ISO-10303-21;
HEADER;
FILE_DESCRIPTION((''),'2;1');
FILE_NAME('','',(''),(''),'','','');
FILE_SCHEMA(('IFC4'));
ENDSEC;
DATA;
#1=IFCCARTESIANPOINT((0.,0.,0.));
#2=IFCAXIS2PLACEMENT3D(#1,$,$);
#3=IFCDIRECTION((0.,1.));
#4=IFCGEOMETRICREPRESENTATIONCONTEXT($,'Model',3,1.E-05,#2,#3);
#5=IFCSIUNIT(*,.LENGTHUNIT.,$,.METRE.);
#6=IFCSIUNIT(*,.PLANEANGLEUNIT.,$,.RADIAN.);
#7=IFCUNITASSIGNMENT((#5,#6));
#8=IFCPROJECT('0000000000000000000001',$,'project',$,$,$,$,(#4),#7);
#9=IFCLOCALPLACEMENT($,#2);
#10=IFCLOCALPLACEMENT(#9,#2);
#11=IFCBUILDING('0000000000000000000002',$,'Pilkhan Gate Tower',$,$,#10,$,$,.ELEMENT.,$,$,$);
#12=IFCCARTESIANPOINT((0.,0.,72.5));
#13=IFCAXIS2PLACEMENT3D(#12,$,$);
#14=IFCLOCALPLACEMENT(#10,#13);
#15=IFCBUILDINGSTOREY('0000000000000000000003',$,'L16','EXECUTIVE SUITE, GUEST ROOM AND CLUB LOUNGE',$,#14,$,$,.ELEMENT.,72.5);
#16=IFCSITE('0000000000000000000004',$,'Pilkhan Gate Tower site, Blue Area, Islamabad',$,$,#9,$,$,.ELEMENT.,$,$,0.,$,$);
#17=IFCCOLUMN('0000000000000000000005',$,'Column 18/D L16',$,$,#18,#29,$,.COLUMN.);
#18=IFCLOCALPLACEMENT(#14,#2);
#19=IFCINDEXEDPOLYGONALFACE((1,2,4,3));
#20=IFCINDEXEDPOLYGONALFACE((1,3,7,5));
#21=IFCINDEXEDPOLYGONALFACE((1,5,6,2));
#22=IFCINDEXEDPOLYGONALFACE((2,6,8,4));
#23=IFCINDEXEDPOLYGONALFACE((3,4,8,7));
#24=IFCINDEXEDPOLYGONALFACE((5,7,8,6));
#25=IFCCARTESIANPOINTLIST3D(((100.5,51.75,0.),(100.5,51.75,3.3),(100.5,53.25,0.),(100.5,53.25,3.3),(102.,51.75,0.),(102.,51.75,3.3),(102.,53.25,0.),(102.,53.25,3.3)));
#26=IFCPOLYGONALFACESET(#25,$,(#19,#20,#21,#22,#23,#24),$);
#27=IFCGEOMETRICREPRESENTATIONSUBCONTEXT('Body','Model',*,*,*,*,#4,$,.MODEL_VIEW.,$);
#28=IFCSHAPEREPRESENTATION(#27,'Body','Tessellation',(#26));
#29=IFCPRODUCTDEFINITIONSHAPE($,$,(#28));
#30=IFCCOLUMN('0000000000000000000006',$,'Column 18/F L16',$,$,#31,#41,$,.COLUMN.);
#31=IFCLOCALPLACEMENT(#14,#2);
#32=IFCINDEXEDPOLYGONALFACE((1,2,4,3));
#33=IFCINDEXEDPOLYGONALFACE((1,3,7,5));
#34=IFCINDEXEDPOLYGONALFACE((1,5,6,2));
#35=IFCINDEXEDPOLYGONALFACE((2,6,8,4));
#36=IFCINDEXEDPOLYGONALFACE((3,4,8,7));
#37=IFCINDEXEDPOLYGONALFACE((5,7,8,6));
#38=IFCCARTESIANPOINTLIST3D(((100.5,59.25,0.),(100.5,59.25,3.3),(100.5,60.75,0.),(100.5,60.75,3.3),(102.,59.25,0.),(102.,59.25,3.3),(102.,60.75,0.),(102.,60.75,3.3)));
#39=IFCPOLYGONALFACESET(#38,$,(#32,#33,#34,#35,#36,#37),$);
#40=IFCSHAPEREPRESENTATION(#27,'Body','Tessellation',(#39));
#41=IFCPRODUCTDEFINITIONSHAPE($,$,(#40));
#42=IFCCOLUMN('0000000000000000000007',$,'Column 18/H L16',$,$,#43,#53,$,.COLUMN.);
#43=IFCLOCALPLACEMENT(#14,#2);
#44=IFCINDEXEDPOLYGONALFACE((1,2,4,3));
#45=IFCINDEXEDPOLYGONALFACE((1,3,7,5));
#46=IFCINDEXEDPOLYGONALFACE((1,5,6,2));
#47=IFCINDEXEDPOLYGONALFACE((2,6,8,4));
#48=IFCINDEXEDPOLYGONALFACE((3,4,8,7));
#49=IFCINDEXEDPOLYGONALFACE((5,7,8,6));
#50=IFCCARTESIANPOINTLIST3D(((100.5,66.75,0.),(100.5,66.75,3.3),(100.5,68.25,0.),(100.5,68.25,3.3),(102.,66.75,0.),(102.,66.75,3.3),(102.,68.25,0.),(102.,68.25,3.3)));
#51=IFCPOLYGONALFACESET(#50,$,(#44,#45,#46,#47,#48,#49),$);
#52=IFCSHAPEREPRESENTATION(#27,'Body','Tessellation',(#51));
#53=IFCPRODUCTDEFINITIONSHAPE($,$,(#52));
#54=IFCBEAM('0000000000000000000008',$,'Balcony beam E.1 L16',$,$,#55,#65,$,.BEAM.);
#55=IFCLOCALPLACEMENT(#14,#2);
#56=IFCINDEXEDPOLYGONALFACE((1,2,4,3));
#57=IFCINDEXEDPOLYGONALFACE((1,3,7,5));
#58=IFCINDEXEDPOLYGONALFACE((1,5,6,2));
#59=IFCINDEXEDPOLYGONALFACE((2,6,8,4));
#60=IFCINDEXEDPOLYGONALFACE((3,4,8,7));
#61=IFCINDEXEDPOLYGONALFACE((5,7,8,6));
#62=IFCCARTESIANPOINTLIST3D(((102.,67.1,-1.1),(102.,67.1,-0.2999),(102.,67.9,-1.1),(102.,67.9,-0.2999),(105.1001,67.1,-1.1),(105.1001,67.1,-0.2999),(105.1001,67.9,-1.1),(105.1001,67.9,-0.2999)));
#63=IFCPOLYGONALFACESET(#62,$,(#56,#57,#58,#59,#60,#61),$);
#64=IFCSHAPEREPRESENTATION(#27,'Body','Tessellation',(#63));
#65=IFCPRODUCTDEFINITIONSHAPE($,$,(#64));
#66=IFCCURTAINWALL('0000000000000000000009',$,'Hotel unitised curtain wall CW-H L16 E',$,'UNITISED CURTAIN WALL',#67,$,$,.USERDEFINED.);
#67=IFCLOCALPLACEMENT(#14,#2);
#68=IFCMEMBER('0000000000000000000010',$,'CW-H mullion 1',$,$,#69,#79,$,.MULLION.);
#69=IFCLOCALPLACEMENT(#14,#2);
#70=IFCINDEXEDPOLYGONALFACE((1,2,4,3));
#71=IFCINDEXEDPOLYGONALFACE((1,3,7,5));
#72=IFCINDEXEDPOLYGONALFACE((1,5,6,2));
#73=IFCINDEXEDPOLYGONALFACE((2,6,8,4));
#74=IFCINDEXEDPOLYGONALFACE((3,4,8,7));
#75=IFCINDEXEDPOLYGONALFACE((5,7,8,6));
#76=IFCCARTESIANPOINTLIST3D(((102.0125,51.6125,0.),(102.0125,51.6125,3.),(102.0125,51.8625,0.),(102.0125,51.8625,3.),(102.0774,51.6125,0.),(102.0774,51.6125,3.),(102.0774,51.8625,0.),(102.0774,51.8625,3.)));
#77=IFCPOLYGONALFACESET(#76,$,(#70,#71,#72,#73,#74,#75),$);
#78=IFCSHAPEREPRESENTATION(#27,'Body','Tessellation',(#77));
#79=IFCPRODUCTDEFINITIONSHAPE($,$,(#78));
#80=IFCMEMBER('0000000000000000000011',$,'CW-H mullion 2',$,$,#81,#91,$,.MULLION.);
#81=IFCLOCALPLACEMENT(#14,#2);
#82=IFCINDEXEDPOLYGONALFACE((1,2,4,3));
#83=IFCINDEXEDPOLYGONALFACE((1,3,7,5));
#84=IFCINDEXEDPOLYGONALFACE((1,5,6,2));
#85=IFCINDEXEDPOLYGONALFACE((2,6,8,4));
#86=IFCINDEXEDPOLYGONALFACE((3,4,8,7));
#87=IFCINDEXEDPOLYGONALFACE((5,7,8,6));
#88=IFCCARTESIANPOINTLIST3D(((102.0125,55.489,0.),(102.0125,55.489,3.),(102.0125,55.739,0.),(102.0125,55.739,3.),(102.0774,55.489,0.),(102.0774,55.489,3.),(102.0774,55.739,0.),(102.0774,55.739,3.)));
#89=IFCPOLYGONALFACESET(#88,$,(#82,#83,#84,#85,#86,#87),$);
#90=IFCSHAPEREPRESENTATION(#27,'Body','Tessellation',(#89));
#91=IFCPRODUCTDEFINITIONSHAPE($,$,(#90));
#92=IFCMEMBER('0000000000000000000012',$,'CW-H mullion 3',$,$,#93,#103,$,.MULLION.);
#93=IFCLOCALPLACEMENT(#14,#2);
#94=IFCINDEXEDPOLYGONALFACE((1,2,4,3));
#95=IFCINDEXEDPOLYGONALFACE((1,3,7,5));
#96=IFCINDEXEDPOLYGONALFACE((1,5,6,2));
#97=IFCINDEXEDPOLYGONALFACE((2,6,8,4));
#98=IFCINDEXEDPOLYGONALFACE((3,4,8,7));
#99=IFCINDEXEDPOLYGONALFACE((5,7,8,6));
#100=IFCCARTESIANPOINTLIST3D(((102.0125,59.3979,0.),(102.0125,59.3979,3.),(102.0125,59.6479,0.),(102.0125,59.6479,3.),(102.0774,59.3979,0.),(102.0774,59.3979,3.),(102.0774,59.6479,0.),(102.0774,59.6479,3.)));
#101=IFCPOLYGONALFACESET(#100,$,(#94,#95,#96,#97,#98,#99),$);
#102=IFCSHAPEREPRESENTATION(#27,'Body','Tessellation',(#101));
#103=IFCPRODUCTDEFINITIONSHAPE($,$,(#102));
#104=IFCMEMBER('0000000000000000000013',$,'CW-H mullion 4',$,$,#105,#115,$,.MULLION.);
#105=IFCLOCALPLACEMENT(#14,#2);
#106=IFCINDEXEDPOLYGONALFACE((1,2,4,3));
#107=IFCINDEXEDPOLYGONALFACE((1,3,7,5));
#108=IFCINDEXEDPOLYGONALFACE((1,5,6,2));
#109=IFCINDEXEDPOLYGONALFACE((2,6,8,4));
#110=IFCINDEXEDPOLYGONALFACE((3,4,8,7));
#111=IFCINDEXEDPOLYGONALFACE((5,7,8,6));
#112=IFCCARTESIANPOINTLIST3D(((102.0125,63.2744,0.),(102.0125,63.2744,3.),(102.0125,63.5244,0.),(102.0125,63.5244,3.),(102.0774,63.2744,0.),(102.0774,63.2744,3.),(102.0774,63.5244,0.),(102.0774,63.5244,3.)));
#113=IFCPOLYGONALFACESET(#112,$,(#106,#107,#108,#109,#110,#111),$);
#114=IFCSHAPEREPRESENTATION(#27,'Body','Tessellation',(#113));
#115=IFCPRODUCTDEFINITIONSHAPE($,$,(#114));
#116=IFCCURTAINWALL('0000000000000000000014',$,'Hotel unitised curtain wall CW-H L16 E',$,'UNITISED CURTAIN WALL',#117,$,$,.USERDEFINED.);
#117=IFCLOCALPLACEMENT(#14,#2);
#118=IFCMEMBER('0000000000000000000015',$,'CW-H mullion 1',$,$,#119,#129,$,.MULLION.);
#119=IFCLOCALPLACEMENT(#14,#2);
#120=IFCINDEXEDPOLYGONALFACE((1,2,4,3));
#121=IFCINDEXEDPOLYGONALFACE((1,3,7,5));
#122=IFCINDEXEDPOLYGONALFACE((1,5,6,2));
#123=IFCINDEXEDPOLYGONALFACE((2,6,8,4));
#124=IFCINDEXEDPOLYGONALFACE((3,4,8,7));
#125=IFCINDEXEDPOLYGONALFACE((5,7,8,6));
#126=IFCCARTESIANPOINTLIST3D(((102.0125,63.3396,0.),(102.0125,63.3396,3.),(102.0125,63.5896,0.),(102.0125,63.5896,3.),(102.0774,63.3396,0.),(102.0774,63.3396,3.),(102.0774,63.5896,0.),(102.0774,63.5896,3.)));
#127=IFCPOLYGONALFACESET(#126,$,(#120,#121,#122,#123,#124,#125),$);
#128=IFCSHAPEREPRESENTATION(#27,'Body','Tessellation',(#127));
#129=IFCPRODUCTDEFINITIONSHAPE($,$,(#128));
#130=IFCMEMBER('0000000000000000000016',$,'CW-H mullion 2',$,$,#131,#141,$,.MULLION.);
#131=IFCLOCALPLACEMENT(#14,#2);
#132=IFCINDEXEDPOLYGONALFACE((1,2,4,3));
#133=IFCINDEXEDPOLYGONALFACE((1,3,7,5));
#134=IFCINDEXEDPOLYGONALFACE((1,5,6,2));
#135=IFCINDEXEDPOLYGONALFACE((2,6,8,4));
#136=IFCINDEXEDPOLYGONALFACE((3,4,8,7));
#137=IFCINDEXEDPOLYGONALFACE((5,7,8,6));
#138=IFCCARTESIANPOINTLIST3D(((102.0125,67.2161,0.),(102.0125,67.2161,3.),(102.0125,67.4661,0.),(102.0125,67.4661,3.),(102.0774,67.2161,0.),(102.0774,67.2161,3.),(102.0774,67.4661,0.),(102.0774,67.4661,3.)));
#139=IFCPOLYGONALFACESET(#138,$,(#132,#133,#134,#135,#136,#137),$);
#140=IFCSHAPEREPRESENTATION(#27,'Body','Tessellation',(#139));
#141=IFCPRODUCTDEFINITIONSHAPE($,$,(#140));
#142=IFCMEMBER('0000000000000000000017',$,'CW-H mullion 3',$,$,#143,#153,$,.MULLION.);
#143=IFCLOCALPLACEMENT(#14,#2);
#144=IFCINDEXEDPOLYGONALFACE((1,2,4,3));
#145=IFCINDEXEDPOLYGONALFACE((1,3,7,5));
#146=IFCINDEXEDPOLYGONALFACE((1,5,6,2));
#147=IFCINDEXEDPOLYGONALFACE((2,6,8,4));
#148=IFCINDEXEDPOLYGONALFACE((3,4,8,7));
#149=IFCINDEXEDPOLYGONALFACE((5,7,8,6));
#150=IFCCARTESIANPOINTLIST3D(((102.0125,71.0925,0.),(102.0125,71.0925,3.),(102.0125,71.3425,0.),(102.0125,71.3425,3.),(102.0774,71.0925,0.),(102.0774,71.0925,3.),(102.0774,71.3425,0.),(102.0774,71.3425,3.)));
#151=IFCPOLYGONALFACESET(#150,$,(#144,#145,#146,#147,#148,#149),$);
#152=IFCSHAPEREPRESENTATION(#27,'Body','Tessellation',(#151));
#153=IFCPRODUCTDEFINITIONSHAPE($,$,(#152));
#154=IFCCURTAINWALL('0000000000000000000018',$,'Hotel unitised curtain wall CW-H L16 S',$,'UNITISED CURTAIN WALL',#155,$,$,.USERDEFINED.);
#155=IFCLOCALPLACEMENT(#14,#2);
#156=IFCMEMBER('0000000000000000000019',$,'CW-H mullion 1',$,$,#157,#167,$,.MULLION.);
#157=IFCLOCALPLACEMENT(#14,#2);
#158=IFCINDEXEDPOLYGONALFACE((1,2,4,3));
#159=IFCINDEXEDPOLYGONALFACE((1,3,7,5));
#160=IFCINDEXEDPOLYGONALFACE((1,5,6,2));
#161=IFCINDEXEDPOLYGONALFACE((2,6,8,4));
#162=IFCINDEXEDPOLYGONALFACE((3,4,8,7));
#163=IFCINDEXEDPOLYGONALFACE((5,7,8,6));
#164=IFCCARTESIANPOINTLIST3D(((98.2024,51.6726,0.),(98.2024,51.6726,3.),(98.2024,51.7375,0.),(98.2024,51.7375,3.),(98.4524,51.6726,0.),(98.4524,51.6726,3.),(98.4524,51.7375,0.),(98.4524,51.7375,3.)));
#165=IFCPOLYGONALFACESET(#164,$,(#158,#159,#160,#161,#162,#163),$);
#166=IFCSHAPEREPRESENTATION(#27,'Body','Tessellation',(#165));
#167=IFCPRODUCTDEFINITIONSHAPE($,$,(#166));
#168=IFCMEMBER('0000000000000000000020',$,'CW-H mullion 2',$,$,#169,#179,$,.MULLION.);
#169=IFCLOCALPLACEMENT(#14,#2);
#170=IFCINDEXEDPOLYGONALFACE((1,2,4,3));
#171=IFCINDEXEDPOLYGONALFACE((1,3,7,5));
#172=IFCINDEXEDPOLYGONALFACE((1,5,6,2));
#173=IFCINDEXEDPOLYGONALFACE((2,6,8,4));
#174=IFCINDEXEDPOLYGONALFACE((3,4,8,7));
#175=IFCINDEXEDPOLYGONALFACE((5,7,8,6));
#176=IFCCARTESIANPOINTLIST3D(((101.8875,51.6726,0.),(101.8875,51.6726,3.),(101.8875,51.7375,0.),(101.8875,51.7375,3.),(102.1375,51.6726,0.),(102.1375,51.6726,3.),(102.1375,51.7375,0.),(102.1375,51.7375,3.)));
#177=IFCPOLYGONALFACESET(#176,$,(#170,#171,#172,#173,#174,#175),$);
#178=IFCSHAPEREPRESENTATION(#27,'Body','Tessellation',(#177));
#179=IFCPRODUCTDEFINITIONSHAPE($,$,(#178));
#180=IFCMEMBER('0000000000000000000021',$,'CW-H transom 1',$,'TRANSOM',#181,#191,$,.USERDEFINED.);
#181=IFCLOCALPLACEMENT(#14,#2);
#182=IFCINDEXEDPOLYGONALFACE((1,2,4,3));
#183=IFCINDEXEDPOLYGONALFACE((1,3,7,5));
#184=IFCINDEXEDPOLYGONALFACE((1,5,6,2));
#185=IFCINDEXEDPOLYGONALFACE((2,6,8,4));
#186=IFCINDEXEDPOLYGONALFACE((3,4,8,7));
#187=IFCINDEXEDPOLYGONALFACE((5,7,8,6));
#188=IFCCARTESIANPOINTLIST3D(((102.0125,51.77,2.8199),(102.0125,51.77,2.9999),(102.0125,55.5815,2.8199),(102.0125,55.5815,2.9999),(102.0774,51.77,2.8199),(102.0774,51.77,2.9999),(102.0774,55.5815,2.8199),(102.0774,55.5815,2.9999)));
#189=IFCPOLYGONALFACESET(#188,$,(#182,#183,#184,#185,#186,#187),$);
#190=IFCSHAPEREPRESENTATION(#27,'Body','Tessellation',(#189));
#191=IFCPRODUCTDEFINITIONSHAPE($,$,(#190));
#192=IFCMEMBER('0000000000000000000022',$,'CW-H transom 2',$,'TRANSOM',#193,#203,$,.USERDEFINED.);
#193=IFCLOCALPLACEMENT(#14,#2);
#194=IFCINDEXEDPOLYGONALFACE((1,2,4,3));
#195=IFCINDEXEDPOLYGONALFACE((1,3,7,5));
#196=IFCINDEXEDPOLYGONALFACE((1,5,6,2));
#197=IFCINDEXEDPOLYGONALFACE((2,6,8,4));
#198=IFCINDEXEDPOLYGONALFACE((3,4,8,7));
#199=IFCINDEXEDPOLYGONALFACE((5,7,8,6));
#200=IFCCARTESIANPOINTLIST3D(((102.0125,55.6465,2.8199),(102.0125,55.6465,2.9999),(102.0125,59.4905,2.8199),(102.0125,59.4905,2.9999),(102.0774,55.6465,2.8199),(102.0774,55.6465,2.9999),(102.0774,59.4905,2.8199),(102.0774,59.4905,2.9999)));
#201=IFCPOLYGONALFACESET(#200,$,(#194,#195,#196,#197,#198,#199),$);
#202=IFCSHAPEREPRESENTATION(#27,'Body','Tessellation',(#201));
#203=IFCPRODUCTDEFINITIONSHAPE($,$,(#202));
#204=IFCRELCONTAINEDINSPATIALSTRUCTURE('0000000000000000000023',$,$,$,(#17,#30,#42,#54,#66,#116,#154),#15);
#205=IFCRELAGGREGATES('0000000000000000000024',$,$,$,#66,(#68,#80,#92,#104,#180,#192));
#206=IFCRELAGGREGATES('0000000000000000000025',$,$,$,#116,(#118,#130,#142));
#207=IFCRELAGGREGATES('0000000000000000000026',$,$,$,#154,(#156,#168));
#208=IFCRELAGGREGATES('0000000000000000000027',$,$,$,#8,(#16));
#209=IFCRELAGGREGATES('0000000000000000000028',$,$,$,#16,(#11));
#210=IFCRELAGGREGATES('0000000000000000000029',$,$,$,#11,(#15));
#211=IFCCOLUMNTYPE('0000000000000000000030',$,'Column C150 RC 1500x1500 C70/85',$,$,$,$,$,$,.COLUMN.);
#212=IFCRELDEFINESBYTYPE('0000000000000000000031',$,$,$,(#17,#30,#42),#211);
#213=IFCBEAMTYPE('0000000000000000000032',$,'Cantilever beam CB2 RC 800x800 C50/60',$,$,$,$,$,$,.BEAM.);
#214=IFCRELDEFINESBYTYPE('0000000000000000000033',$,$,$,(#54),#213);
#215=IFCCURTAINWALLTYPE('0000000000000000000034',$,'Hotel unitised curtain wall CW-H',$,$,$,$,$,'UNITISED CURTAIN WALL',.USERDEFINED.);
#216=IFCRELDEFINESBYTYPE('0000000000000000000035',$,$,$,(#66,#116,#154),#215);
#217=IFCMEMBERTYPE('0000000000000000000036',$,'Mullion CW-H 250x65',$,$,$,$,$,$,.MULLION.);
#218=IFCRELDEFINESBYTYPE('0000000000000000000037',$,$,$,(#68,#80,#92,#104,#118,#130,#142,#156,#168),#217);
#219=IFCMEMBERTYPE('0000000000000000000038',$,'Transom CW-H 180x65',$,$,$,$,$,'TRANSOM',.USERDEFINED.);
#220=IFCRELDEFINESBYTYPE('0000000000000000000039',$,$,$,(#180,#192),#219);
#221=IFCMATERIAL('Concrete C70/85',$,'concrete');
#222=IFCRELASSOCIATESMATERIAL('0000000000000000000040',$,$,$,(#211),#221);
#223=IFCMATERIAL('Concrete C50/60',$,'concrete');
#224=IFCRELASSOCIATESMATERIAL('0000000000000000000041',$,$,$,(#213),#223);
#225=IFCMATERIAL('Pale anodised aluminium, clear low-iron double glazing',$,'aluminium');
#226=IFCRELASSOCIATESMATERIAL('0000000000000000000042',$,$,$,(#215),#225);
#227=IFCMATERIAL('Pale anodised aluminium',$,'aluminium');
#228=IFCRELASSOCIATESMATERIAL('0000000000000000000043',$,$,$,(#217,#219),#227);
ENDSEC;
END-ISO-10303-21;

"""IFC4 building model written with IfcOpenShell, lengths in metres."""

from ifc_helpers import new_model, si_unit, direction, frame, origin, origin_2d, place, context, subcontext, project, spatial, rectangle, extrude, material, material_profile, profile_set, type_object, element, aggregate, save


model = new_model("IFC4")

# Units and contexts
model_context = context("Model", 3, precision=1e-05, world=origin(), true_north=direction((0.0, 1.0)))
body_context = subcontext(model_context, "Body", "Model", "MODEL_VIEW")
ifc_project = project(units=[si_unit("LENGTHUNIT", "METRE"), si_unit("PLANEANGLEUNIT", "RADIAN")], contexts=[model_context])

# Site, building, storey
site_placement = place(None, origin())
site = spatial("IfcSite", under=ifc_project, at=site_placement, Name="Pilkhan Gate Tower site, Blue Area, Islamabad", CompositionType="ELEMENT", RefElevation=0.0)
building_placement = place(site_placement, origin())
building = spatial("IfcBuilding", under=site, at=building_placement, Name="Pilkhan Gate Tower", CompositionType="ELEMENT")
storey_placement = place(building_placement, frame((0.0, 0.0, 72.5)))
storey = spatial("IfcBuildingStorey", under=building, at=storey_placement, Name="L16", Description="EXECUTIVE SUITE, GUEST ROOM AND CLUB LOUNGE", CompositionType="ELEMENT", Elevation=72.5)

# Columns
ifc_material_1 = material(Name="Concrete C70/85", Category="concrete")
ifc_material_profile_1 = material_profile(ifc_material_1, rectangle(XDim=1.5, YDim=1.5, at=origin_2d()), Name="RC 1500x1500")
ifc_profile_set_1 = profile_set([ifc_material_profile_1], Name="Concrete C70/85")
column_type = type_object("IfcColumnType", Name="Column C150 RC 1500x1500 C70/85", PredefinedType="COLUMN", material=ifc_profile_set_1)
for number, where, z_axis, x_axis, name in (
    (1, (101.25, 52.5, 0.0), (0.0, 0.0, 1.0), (1.0, 0.0, 0.0), "Column 18/D L16"),
    (2, (101.25, 60.0, 0.0), (0.0, 0.0, 1.0), (1.0, 0.0, 0.0), "Column 18/F L16"),
    (3, (101.25, 67.5, 0.0), (0.0, 0.0, 1.0), (1.0, 0.0, 0.0), "Column 18/H L16"),
):
    element("IfcColumn", number, at=place(storey_placement, frame(where, z_axis=z_axis, x_axis=x_axis)), inside=storey, type_object=column_type, Name=name, PredefinedType="COLUMN", context=body_context, shape_type="SweptSolid", body=[
        extrude(rectangle(XDim=1.5, YDim=1.5, at=origin_2d()), origin(), (0.0, 0.0, 1.0), 3.3),
    ])

# Beam
ifc_material_2 = material(Name="Concrete C50/60", Category="concrete")
ifc_material_profile_2 = material_profile(ifc_material_2, rectangle(XDim=0.8, YDim=0.8, at=origin_2d()), Name="RC 800x800")
ifc_profile_set_2 = profile_set([ifc_material_profile_2], Name="Concrete C50/60")
beam_type = type_object("IfcBeamType", Name="Cantilever beam CB2 RC 800x800 C50/60", PredefinedType="BEAM", material=ifc_profile_set_2)
beam_placement = place(storey_placement, frame((102.0, 67.5, -0.7), z_axis=(1.0, 0.0, 0.0), x_axis=(0.0, 1.0, 0.0)))
element("IfcBeam", 4, at=beam_placement, inside=storey, type_object=beam_type, Name="Balcony beam E.1 L16", PredefinedType="BEAM", context=body_context, shape_type="SweptSolid", body=[
    extrude(rectangle(XDim=0.8, YDim=0.8, at=origin_2d()), origin(), (0.0, 0.0, 1.0), 3.1001),
])

# Curtain walls, members
ifc_material_3 = material(Name="Pale anodised aluminium, clear low-iron double glazing", Category="aluminium")
curtain_wall_type = type_object("IfcCurtainWallType", Name="Hotel unitised curtain wall CW-H", ElementType="UNITISED CURTAIN WALL", PredefinedType="USERDEFINED", material=ifc_material_3)
curtain_wall_1_placement = place(storey_placement, origin())
curtain_wall_1 = element("IfcCurtainWall", 5, at=curtain_wall_1_placement, inside=storey, type_object=curtain_wall_type, Name="Hotel unitised curtain wall CW-H L16 E", ObjectType="UNITISED CURTAIN WALL", PredefinedType="USERDEFINED")
ifc_material_4 = material(Name="Pale anodised aluminium", Category="aluminium")
ifc_material_profile_3 = material_profile(ifc_material_4, rectangle(XDim=0.0649, YDim=0.25, at=origin_2d()), Name="Mullion 250x65")
ifc_profile_set_3 = profile_set([ifc_material_profile_3], Name="Pale anodised aluminium")
member_type_1 = type_object("IfcMemberType", Name="Mullion CW-H 250x65", PredefinedType="MULLION", material=ifc_profile_set_3)
member_1_placement = place(storey_placement, frame((102.0449, 51.7375, 0.0), z_axis=(0.0, 0.0, 1.0), x_axis=(-1.0, 0.0, 0.0)))
member_1 = element("IfcMember", 6, at=member_1_placement, type_object=member_type_1, Name="CW-H mullion 1", PredefinedType="MULLION", context=body_context, shape_type="SweptSolid", body=[
    extrude(rectangle(XDim=0.0649, YDim=0.25, at=origin_2d()), origin(), (0.0, 0.0, 1.0), 3.0),
])
member_2_placement = place(storey_placement, frame((102.0449, 55.614, 0.0), z_axis=(0.0, 0.0, 1.0), x_axis=(-1.0, 0.0, 0.0)))
member_2 = element("IfcMember", 7, at=member_2_placement, type_object=member_type_1, Name="CW-H mullion 2", PredefinedType="MULLION", context=body_context, shape_type="SweptSolid", body=[
    extrude(rectangle(XDim=0.0649, YDim=0.25, at=origin_2d()), origin(), (0.0, 0.0, 1.0), 3.0),
])
member_3_placement = place(storey_placement, frame((102.0449, 59.5229, 0.0), z_axis=(0.0, 0.0, 1.0), x_axis=(-1.0, 0.0, 0.0)))
member_3 = element("IfcMember", 8, at=member_3_placement, type_object=member_type_1, Name="CW-H mullion 3", PredefinedType="MULLION", context=body_context, shape_type="SweptSolid", body=[
    extrude(rectangle(XDim=0.0649, YDim=0.25, at=origin_2d()), origin(), (0.0, 0.0, 1.0), 3.0),
])
member_4_placement = place(storey_placement, frame((102.0449, 63.3994, 0.0), z_axis=(0.0, 0.0, 1.0), x_axis=(-1.0, 0.0, 0.0)))
member_4 = element("IfcMember", 9, at=member_4_placement, type_object=member_type_1, Name="CW-H mullion 4", PredefinedType="MULLION", context=body_context, shape_type="SweptSolid", body=[
    extrude(rectangle(XDim=0.0649, YDim=0.25, at=origin_2d()), origin(), (0.0, 0.0, 1.0), 3.0),
])
curtain_wall_2_placement = place(storey_placement, origin())
curtain_wall_2 = element("IfcCurtainWall", 10, at=curtain_wall_2_placement, inside=storey, type_object=curtain_wall_type, Name="Hotel unitised curtain wall CW-H L16 E", ObjectType="UNITISED CURTAIN WALL", PredefinedType="USERDEFINED")
member_5_placement = place(storey_placement, frame((102.0449, 63.4646, 0.0), z_axis=(0.0, 0.0, 1.0), x_axis=(-1.0, 0.0, 0.0)))
member_5 = element("IfcMember", 11, at=member_5_placement, type_object=member_type_1, Name="CW-H mullion 1", PredefinedType="MULLION", context=body_context, shape_type="SweptSolid", body=[
    extrude(rectangle(XDim=0.0649, YDim=0.25, at=origin_2d()), origin(), (0.0, 0.0, 1.0), 3.0),
])
member_6_placement = place(storey_placement, frame((102.0449, 67.3411, 0.0), z_axis=(0.0, 0.0, 1.0), x_axis=(-1.0, 0.0, 0.0)))
member_6 = element("IfcMember", 12, at=member_6_placement, type_object=member_type_1, Name="CW-H mullion 2", PredefinedType="MULLION", context=body_context, shape_type="SweptSolid", body=[
    extrude(rectangle(XDim=0.0649, YDim=0.25, at=origin_2d()), origin(), (0.0, 0.0, 1.0), 3.0),
])
member_7_placement = place(storey_placement, frame((102.0449, 71.2175, 0.0), z_axis=(0.0, 0.0, 1.0), x_axis=(-1.0, 0.0, 0.0)))
member_7 = element("IfcMember", 13, at=member_7_placement, type_object=member_type_1, Name="CW-H mullion 3", PredefinedType="MULLION", context=body_context, shape_type="SweptSolid", body=[
    extrude(rectangle(XDim=0.0649, YDim=0.25, at=origin_2d()), origin(), (0.0, 0.0, 1.0), 3.0),
])
curtain_wall_3_placement = place(storey_placement, origin())
curtain_wall_3 = element("IfcCurtainWall", 14, at=curtain_wall_3_placement, inside=storey, type_object=curtain_wall_type, Name="Hotel unitised curtain wall CW-H L16 S", ObjectType="UNITISED CURTAIN WALL", PredefinedType="USERDEFINED")
member_8_placement = place(storey_placement, frame((98.3274, 51.7051, 0.0), z_axis=(0.0, 0.0, 1.0), x_axis=(0.0, 1.0, 0.0)))
member_8 = element("IfcMember", 15, at=member_8_placement, type_object=member_type_1, Name="CW-H mullion 1", PredefinedType="MULLION", context=body_context, shape_type="SweptSolid", body=[
    extrude(rectangle(XDim=0.0649, YDim=0.25, at=origin_2d()), origin(), (0.0, 0.0, 1.0), 3.0),
])
member_9_placement = place(storey_placement, frame((102.0125, 51.7051, 0.0), z_axis=(0.0, 0.0, 1.0), x_axis=(0.0, 1.0, 0.0)))
member_9 = element("IfcMember", 16, at=member_9_placement, type_object=member_type_1, Name="CW-H mullion 2", PredefinedType="MULLION", context=body_context, shape_type="SweptSolid", body=[
    extrude(rectangle(XDim=0.0649, YDim=0.25, at=origin_2d()), origin(), (0.0, 0.0, 1.0), 3.0),
])

# Members
ifc_material_profile_4 = material_profile(ifc_material_4, rectangle(XDim=0.0649, YDim=0.1799, at=origin_2d()), Name="Transom 180x65")
ifc_profile_set_4 = profile_set([ifc_material_profile_4], Name="Pale anodised aluminium")
member_type_2 = type_object("IfcMemberType", Name="Transom CW-H 180x65", ElementType="TRANSOM", PredefinedType="USERDEFINED", material=ifc_profile_set_4)
member_10_placement = place(storey_placement, frame((102.0449, 51.77, 2.9099), z_axis=(0.0, 1.0, 0.0), x_axis=(-1.0, 0.0, 0.0)))
member_10 = element("IfcMember", 17, at=member_10_placement, type_object=member_type_2, Name="CW-H transom 1", ObjectType="TRANSOM", PredefinedType="USERDEFINED", context=body_context, shape_type="SweptSolid", body=[
    extrude(rectangle(XDim=0.0649, YDim=0.1799, at=origin_2d()), origin(), (0.0, 0.0, 1.0), 3.8115),
])
member_11_placement = place(storey_placement, frame((102.0449, 55.6465, 2.9099), z_axis=(0.0, 1.0, 0.0), x_axis=(-1.0, 0.0, 0.0)))
member_11 = element("IfcMember", 18, at=member_11_placement, type_object=member_type_2, Name="CW-H transom 2", ObjectType="TRANSOM", PredefinedType="USERDEFINED", context=body_context, shape_type="SweptSolid", body=[
    extrude(rectangle(XDim=0.0649, YDim=0.1799, at=origin_2d()), origin(), (0.0, 0.0, 1.0), 3.844),
])

aggregate(curtain_wall_1, [member_1, member_2, member_3, member_4, member_10, member_11])
aggregate(curtain_wall_2, [member_5, member_6, member_7])
aggregate(curtain_wall_3, [member_8, member_9])

save(model, "model.ifc")
